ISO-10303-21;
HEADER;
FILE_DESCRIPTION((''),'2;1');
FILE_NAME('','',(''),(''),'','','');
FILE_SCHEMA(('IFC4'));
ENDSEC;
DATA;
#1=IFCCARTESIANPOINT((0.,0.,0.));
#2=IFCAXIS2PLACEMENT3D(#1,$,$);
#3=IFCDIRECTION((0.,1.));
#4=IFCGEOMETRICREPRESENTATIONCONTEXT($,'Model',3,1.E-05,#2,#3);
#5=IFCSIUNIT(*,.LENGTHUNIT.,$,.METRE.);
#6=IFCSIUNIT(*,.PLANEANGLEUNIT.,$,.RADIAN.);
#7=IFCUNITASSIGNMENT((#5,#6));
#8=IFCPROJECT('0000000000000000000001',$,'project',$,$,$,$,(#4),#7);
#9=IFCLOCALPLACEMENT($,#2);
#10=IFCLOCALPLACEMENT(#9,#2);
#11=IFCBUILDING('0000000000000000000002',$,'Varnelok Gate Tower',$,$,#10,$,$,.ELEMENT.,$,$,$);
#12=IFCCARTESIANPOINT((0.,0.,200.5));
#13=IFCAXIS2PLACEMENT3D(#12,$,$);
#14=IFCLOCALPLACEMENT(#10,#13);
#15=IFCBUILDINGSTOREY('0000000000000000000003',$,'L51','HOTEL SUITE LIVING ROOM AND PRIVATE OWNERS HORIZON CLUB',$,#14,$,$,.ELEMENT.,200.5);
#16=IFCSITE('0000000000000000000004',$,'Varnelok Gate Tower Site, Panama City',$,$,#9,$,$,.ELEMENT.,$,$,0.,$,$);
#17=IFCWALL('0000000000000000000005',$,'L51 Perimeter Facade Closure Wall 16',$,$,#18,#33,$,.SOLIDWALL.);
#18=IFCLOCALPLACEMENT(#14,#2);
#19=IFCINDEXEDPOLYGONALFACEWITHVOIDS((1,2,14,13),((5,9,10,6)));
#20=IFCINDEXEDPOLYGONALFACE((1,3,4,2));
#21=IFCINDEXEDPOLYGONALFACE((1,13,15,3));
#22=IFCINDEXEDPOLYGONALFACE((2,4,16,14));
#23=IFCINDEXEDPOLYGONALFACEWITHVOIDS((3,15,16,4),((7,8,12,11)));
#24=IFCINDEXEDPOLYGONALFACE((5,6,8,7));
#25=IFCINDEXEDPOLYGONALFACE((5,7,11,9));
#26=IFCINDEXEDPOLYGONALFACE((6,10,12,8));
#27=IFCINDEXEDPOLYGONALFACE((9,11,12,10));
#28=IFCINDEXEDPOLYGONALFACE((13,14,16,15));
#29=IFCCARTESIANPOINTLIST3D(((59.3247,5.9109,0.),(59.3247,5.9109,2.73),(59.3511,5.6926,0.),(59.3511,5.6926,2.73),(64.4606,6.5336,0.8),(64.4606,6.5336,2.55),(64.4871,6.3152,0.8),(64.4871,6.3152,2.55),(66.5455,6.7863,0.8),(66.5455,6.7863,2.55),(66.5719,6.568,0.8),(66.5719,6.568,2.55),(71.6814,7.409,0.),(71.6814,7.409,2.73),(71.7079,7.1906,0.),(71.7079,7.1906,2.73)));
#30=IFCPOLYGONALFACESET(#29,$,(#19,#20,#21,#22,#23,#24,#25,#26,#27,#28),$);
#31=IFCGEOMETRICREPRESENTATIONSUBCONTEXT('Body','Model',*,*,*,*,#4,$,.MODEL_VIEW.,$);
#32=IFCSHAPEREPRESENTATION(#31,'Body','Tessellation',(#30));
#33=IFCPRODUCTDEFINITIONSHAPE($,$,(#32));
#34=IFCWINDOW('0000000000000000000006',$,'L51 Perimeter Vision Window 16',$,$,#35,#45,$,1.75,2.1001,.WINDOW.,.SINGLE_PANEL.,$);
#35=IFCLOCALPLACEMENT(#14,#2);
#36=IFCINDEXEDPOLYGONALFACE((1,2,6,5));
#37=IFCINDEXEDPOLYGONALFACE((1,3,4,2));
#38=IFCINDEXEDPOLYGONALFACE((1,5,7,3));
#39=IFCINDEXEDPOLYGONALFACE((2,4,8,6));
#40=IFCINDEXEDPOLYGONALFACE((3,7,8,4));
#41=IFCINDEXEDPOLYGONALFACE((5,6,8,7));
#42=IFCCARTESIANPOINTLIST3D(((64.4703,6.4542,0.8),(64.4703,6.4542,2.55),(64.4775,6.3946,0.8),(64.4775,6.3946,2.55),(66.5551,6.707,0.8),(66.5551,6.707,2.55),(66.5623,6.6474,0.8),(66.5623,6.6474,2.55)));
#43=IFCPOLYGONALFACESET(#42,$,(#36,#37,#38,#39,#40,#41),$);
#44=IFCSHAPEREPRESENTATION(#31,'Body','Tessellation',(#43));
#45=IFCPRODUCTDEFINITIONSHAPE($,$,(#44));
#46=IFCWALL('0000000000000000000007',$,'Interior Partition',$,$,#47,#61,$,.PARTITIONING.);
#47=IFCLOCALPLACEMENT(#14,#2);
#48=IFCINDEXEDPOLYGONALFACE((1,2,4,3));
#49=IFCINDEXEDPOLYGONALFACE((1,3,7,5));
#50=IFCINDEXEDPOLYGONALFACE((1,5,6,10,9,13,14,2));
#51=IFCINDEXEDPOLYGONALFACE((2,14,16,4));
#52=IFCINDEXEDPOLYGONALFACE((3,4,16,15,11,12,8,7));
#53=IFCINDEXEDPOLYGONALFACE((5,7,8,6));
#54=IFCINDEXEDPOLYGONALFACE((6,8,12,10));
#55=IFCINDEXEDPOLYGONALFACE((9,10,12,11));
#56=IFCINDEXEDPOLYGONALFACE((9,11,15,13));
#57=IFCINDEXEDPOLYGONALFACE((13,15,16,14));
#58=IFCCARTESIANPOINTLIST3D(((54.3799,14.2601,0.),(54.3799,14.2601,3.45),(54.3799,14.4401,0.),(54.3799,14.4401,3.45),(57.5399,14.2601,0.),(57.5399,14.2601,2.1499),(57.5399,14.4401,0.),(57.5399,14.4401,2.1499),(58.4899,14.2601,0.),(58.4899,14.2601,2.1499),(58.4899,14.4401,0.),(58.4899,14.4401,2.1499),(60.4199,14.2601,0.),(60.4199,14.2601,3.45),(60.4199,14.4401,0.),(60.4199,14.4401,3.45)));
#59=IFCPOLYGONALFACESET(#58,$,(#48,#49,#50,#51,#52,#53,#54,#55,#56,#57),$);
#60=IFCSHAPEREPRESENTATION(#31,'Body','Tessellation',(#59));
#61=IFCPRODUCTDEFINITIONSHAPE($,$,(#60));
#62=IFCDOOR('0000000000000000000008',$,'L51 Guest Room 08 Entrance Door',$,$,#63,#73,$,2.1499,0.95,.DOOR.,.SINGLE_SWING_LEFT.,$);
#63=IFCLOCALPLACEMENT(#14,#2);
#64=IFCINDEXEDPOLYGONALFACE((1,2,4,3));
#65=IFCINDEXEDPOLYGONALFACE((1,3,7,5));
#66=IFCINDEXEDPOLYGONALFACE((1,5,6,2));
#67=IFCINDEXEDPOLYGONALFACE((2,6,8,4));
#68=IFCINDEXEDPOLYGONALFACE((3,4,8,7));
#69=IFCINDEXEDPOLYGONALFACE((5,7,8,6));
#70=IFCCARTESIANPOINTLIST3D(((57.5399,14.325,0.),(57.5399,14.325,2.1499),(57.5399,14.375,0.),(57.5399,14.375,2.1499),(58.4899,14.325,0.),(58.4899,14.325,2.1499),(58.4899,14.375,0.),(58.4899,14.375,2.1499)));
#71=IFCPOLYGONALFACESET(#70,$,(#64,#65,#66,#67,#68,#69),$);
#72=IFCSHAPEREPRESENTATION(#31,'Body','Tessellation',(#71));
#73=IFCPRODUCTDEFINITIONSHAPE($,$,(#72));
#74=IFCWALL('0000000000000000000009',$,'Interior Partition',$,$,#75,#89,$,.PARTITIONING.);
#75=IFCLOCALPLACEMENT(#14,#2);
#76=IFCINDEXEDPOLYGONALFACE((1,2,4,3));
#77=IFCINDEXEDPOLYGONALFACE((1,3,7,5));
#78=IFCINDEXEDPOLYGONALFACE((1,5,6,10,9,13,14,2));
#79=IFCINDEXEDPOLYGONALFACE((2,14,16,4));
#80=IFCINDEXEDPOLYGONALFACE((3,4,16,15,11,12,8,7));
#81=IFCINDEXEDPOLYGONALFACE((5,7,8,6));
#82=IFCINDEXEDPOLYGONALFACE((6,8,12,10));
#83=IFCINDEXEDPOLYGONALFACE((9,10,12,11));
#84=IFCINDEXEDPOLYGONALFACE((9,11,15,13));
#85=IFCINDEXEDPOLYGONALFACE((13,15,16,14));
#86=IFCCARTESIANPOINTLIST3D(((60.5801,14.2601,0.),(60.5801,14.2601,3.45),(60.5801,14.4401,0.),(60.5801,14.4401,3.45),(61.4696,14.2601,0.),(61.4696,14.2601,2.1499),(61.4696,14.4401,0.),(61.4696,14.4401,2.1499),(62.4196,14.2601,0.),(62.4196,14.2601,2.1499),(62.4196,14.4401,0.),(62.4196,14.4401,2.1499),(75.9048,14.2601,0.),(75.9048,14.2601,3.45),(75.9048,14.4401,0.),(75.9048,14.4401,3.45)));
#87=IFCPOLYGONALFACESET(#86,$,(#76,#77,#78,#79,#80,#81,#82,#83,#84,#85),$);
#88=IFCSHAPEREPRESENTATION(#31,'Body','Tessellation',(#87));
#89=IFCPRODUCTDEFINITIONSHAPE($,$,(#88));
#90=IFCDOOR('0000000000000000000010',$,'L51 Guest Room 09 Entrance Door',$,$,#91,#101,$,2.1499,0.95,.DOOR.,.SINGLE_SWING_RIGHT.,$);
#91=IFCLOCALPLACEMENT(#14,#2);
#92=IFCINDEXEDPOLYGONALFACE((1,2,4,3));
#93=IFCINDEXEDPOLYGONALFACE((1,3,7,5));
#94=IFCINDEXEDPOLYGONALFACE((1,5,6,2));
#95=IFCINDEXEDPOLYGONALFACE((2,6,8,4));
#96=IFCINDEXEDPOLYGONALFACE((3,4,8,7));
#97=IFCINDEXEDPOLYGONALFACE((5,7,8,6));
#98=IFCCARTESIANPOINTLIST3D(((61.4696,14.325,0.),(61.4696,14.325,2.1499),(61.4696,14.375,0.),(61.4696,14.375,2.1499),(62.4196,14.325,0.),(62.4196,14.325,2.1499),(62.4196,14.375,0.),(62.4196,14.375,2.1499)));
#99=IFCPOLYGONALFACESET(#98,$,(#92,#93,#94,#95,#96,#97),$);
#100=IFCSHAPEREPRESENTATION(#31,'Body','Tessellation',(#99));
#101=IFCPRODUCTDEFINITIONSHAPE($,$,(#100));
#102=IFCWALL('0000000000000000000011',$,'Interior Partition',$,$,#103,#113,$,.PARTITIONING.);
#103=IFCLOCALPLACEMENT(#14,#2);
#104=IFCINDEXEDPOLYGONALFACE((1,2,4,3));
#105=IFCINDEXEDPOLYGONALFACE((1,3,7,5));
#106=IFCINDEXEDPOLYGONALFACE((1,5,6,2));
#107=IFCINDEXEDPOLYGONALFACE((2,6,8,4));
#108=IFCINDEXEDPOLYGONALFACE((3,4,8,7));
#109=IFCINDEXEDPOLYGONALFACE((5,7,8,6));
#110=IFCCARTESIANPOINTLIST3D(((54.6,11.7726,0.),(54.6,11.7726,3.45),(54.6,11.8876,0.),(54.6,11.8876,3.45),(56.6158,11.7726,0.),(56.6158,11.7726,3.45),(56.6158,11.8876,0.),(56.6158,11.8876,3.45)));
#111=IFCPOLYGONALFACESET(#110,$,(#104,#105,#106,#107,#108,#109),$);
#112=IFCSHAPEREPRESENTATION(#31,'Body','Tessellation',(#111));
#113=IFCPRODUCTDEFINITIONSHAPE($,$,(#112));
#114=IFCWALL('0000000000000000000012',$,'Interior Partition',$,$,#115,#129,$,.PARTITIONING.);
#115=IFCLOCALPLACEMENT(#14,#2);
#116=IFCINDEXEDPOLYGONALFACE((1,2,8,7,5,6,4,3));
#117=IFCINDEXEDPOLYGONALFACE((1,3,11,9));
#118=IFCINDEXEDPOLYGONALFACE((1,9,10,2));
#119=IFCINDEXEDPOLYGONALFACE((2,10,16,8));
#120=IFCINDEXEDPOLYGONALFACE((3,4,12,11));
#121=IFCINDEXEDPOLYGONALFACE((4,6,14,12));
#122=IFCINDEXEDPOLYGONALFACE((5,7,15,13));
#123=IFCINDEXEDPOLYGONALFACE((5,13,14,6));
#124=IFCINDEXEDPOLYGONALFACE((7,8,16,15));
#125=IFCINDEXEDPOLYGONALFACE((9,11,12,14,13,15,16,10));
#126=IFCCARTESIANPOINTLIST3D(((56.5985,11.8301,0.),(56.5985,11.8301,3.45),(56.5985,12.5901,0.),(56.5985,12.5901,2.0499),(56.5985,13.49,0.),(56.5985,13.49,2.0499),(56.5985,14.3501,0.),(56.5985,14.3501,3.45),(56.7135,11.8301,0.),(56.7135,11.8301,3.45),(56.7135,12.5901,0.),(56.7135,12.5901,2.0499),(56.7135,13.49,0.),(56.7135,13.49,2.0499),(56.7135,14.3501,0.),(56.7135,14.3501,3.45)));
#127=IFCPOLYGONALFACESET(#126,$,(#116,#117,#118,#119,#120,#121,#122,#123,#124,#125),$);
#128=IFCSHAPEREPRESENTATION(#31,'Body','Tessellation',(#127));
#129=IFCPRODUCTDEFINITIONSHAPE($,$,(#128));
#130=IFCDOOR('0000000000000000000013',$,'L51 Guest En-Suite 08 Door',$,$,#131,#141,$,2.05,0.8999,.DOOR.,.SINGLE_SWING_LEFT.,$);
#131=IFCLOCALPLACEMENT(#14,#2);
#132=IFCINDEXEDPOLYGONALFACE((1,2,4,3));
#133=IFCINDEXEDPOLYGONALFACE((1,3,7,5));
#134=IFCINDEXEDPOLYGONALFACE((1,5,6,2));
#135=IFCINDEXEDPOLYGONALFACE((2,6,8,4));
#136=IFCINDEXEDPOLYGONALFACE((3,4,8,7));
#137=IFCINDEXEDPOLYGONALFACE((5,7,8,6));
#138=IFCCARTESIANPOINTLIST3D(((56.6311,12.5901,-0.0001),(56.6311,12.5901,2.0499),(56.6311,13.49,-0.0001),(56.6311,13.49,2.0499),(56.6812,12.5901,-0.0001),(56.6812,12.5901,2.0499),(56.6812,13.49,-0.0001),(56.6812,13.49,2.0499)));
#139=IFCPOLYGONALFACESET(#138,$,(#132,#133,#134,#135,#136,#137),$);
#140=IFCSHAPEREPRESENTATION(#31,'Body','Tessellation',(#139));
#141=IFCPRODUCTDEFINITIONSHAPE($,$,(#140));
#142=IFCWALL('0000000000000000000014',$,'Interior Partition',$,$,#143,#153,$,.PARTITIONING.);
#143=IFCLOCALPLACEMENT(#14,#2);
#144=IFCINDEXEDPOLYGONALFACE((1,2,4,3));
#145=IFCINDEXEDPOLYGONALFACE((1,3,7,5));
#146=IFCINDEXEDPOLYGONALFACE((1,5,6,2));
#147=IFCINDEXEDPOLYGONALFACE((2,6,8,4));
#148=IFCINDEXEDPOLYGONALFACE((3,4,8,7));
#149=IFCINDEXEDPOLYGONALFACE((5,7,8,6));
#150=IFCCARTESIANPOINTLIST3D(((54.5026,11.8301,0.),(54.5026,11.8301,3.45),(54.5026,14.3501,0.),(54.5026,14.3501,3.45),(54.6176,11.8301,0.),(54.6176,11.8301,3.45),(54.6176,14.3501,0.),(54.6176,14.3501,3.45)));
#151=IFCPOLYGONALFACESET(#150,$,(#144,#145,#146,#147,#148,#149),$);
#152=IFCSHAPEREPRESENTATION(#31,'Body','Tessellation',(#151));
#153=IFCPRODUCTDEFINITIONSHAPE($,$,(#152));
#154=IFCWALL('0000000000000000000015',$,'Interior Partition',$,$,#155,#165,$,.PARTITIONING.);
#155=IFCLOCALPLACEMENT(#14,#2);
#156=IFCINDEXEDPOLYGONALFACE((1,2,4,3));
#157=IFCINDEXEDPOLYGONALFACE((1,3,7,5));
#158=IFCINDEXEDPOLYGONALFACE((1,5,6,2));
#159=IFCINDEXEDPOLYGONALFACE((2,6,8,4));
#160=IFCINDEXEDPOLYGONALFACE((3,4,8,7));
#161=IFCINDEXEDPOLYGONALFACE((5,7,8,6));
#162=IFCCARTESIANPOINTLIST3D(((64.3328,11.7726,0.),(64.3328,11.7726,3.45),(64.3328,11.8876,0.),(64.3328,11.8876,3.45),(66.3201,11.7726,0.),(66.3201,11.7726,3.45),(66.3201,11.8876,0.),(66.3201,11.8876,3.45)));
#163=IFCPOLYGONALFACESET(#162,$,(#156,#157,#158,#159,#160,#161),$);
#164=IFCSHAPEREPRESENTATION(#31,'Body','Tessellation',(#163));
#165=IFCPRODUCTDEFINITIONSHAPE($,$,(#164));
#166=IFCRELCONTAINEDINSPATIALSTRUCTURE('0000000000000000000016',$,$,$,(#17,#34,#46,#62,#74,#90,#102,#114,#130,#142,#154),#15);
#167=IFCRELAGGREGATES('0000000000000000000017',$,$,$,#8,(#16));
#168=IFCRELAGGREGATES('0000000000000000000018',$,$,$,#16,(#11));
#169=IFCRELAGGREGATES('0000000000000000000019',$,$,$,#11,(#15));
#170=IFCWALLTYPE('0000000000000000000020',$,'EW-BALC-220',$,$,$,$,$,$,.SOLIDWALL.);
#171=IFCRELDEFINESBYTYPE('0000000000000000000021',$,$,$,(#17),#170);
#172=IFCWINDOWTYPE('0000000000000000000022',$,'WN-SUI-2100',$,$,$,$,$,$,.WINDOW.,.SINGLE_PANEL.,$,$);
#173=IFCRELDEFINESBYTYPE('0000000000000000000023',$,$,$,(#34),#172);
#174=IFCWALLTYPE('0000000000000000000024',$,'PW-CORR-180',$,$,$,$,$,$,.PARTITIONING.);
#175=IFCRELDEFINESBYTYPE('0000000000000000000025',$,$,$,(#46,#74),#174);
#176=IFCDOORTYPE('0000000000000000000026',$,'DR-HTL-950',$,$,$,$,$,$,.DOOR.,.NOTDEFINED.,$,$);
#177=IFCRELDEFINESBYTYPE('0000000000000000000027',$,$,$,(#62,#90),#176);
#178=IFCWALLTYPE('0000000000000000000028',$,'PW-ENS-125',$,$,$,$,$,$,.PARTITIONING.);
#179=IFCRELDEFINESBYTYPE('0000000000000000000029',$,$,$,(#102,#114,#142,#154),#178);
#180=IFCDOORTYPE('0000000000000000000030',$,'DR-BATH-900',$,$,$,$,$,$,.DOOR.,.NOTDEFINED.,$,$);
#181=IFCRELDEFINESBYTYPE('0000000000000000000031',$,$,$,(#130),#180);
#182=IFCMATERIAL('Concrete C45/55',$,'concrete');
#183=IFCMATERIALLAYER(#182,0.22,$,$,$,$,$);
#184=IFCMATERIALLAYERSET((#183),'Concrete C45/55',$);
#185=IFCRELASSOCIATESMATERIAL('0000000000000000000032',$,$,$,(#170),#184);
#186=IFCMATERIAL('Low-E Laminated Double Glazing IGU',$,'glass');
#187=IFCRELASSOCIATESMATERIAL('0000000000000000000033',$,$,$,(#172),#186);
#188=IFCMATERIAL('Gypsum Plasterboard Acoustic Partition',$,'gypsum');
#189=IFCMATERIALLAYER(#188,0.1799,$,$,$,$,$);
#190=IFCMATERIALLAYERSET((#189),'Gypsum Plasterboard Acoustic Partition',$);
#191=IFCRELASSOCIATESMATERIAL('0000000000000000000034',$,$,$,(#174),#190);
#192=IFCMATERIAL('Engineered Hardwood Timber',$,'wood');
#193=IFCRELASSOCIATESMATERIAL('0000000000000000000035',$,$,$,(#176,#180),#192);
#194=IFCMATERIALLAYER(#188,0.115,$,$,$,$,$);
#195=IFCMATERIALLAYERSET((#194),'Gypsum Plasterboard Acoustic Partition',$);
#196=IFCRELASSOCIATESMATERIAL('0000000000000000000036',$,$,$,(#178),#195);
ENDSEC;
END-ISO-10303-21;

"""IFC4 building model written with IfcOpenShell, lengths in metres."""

from ifc_helpers import new_model, si_unit, direction, frame, frame_2d, origin, place, context, subcontext, project, spatial, rectangle, extrude, material, layer, layer_set, type_object, element, fill, save


model = new_model("IFC4")

# Units and contexts
model_context = context("Model", 3, precision=1e-05, world=origin(), true_north=direction((0.0, 1.0)))
body_context = subcontext(model_context, "Body", "Model", "MODEL_VIEW")
ifc_project = project(units=[si_unit("LENGTHUNIT", "METRE"), si_unit("PLANEANGLEUNIT", "RADIAN")], contexts=[model_context])

# Site, building, storey
site_placement = place(None, origin())
site = spatial("IfcSite", under=ifc_project, at=site_placement, Name="Varnelok Gate Tower Site, Panama City", CompositionType="ELEMENT", RefElevation=0.0)
building_placement = place(site_placement, origin())
building = spatial("IfcBuilding", under=site, at=building_placement, Name="Varnelok Gate Tower", CompositionType="ELEMENT")
storey_placement = place(building_placement, frame((0.0, 0.0, 200.5)))
storey = spatial("IfcBuildingStorey", under=building, at=storey_placement, Name="L51", Description="HOTEL SUITE LIVING ROOM AND PRIVATE OWNERS HORIZON CLUB", CompositionType="ELEMENT", Elevation=200.5)

# Shared definitions
ifc_material_1 = material(Name="Concrete C45/55", Category="concrete")
ifc_layer_1 = layer(ifc_material_1, 0.22)
ifc_layer_set_1 = layer_set([ifc_layer_1], Name="Concrete C45/55")
wall_type_1 = type_object("IfcWallType", Name="EW-BALC-220", PredefinedType="SOLIDWALL", material=ifc_layer_set_1)

# Wall, opening, window
wall_1_placement = place(storey_placement, frame((59.3379, 5.8018, 0.0), z_axis=(0.0, 0.0, 1.0), x_axis=(0.992731, 0.120352, 0.0)))
wall_1 = element("IfcWall", 1, at=wall_1_placement, inside=storey, type_object=wall_type_1, Name="L51 Perimeter Facade Closure Wall 16", PredefinedType="SOLIDWALL", context=body_context, shape_type="SweptSolid", body=[
    extrude(rectangle(XDim=12.4473, YDim=0.22, at=frame_2d((6.2236, 0.0))), origin(), (0.0, 0.0, 1.0), 2.73),
])
opening_1_placement = place(wall_1_placement, frame((5.1736, 0.0, 0.8)))
opening_1 = element("IfcOpeningElement", 2, at=opening_1_placement, cuts=wall_1, PredefinedType="OPENING", context=body_context, shape_type="SweptSolid", body=[
    extrude(rectangle(XDim=2.1001, YDim=1.75, at=frame_2d((1.05, 0.875))), frame((0.0, 0.1199, 0.0), z_axis=(0.0, -1.0, 0.0), x_axis=(1.0, 0.0, 0.0)), (0.0, 0.0, 1.0), 0.24),
])
ifc_material_2 = material(Name="Low-E Laminated Double Glazing IGU", Category="glass")
window_type = type_object("IfcWindowType", Name="WN-SUI-2100", PartitioningType="SINGLE_PANEL", PredefinedType="WINDOW", material=ifc_material_2)
window_placement = place(opening_1_placement, origin())
window = element("IfcWindow", 3, at=window_placement, inside=storey, type_object=window_type, Name="L51 Perimeter Vision Window 16", OverallHeight=1.75, OverallWidth=2.1001, PartitioningType="SINGLE_PANEL", PredefinedType="WINDOW", context=body_context, shape_type="SweptSolid", body=[
    extrude(rectangle(XDim=2.1001, YDim=1.75, at=frame_2d((1.05, 0.875))), frame((0.0, 0.03, 0.0), z_axis=(0.0, -1.0, 0.0), x_axis=(1.0, 0.0, 0.0)), (0.0, 0.0, 1.0), 0.0601),
])
fill(opening_1, window)

# Walls, openings, doors
ifc_material_3 = material(Name="Gypsum Plasterboard Acoustic Partition", Category="gypsum")
ifc_layer_2 = layer(ifc_material_3, 0.1799)
ifc_layer_set_2 = layer_set([ifc_layer_2], Name="Gypsum Plasterboard Acoustic Partition")
wall_type_2 = type_object("IfcWallType", Name="PW-CORR-180", PredefinedType="PARTITIONING", material=ifc_layer_set_2)
wall_2_placement = place(storey_placement, frame((54.3799, 14.3501, 0.0), z_axis=(0.0, 0.0, 1.0), x_axis=(1.0, 0.0, 0.0)))
wall_2 = element("IfcWall", 4, at=wall_2_placement, inside=storey, type_object=wall_type_2, Name="Interior Partition", PredefinedType="PARTITIONING", context=body_context, shape_type="SweptSolid", body=[
    extrude(rectangle(XDim=6.04, YDim=0.1799, at=frame_2d((3.02, 0.0))), origin(), (0.0, 0.0, 1.0), 3.45),
])
opening_2_placement = place(wall_2_placement, frame((3.1599, 0.0, 0.0)))
opening_2 = element("IfcOpeningElement", 5, at=opening_2_placement, cuts=wall_2, PredefinedType="OPENING", context=body_context, shape_type="SweptSolid", body=[
    extrude(rectangle(XDim=0.95, YDim=2.1499, at=frame_2d((0.4751, 1.075))), frame((0.0, 0.0999, 0.0), z_axis=(0.0, -1.0, 0.0), x_axis=(1.0, 0.0, 0.0)), (0.0, 0.0, 1.0), 0.2),
])
ifc_material_4 = material(Name="Engineered Hardwood Timber", Category="wood")
door_type_1 = type_object("IfcDoorType", Name="DR-HTL-950", OperationType="NOTDEFINED", PredefinedType="DOOR", material=ifc_material_4)
door_1_placement = place(opening_2_placement, origin())
door_1 = element("IfcDoor", 6, at=door_1_placement, inside=storey, type_object=door_type_1, Name="L51 Guest Room 08 Entrance Door", OperationType="SINGLE_SWING_LEFT", OverallHeight=2.1499, OverallWidth=0.95, PredefinedType="DOOR", context=body_context, shape_type="SweptSolid", body=[
    extrude(rectangle(XDim=0.95, YDim=2.1499, at=frame_2d((0.4751, 1.075))), frame((0.0, 0.0249, 0.0), z_axis=(0.0, -1.0, 0.0), x_axis=(1.0, 0.0, 0.0)), (0.0, 0.0, 1.0), 0.05),
])
fill(opening_2, door_1)
wall_3_placement = place(storey_placement, frame((60.5801, 14.3501, 0.0), z_axis=(0.0, 0.0, 1.0), x_axis=(1.0, 0.0, 0.0)))
wall_3 = element("IfcWall", 7, at=wall_3_placement, inside=storey, type_object=wall_type_2, Name="Interior Partition", PredefinedType="PARTITIONING", context=body_context, shape_type="SweptSolid", body=[
    extrude(rectangle(XDim=15.3247, YDim=0.1799, at=frame_2d((7.6624, 0.0))), origin(), (0.0, 0.0, 1.0), 3.45),
])
opening_3_placement = place(wall_3_placement, frame((0.8894, 0.0, 0.0)))
opening_3 = element("IfcOpeningElement", 8, at=opening_3_placement, cuts=wall_3, PredefinedType="OPENING", context=body_context, shape_type="SweptSolid", body=[
    extrude(rectangle(XDim=0.95, YDim=2.1499, at=frame_2d((0.4751, 1.075))), frame((0.0, 0.0999, 0.0), z_axis=(0.0, -1.0, 0.0), x_axis=(1.0, 0.0, 0.0)), (0.0, 0.0, 1.0), 0.2),
])
door_2_placement = place(opening_3_placement, origin())
door_2 = element("IfcDoor", 9, at=door_2_placement, inside=storey, type_object=door_type_1, Name="L51 Guest Room 09 Entrance Door", OperationType="SINGLE_SWING_RIGHT", OverallHeight=2.1499, OverallWidth=0.95, PredefinedType="DOOR", context=body_context, shape_type="SweptSolid", body=[
    extrude(rectangle(XDim=0.95, YDim=2.1499, at=frame_2d((0.4751, 1.075))), frame((0.0, 0.0249, 0.0), z_axis=(0.0, -1.0, 0.0), x_axis=(1.0, 0.0, 0.0)), (0.0, 0.0, 1.0), 0.05),
])
fill(opening_3, door_2)

# Wall
ifc_layer_3 = layer(ifc_material_3, 0.115)
ifc_layer_set_3 = layer_set([ifc_layer_3], Name="Gypsum Plasterboard Acoustic Partition")
wall_type_3 = type_object("IfcWallType", Name="PW-ENS-125", PredefinedType="PARTITIONING", material=ifc_layer_set_3)
wall_4_placement = place(storey_placement, frame((54.6001, 11.8301, 0.0), z_axis=(0.0, 0.0, 1.0), x_axis=(1.0, 0.0, 0.0)))
element("IfcWall", 10, at=wall_4_placement, inside=storey, type_object=wall_type_3, Name="Interior Partition", PredefinedType="PARTITIONING", context=body_context, shape_type="SweptSolid", body=[
    extrude(rectangle(XDim=2.0159, YDim=0.115, at=frame_2d((1.0078, 0.0))), origin(), (0.0, 0.0, 1.0), 3.45),
])

# Wall, opening, door
wall_5_placement = place(storey_placement, frame((56.656, 11.8301, 0.0), z_axis=(0.0, 0.0, 1.0), x_axis=(0.0, 1.0, 0.0)))
wall_5 = element("IfcWall", 11, at=wall_5_placement, inside=storey, type_object=wall_type_3, Name="Interior Partition", PredefinedType="PARTITIONING", context=body_context, shape_type="SweptSolid", body=[
    extrude(rectangle(XDim=2.52, YDim=0.115, at=frame_2d((1.26, 0.0))), origin(), (0.0, 0.0, 1.0), 3.45),
])
opening_4_placement = place(wall_5_placement, frame((0.76, 0.0, 0.0)))
opening_4 = element("IfcOpeningElement", 12, at=opening_4_placement, cuts=wall_5, PredefinedType="OPENING", context=body_context, shape_type="SweptSolid", body=[
    extrude(rectangle(XDim=0.8999, YDim=2.05, at=frame_2d((0.45, 1.0249))), frame((0.0, 0.0674, 0.0), z_axis=(0.0, -1.0, 0.0), x_axis=(1.0, 0.0, 0.0)), (0.0, 0.0, 1.0), 0.135),
])
door_type_2 = type_object("IfcDoorType", Name="DR-BATH-900", OperationType="NOTDEFINED", PredefinedType="DOOR", material=ifc_material_4)
door_3_placement = place(opening_4_placement, origin())
door_3 = element("IfcDoor", 13, at=door_3_placement, inside=storey, type_object=door_type_2, Name="L51 Guest En-Suite 08 Door", OperationType="SINGLE_SWING_LEFT", OverallHeight=2.05, OverallWidth=0.8999, PredefinedType="DOOR", context=body_context, shape_type="SweptSolid", body=[
    extrude(rectangle(XDim=0.8999, YDim=2.05, at=frame_2d((0.45, 1.0249))), frame((0.0, 0.0249, 0.0), z_axis=(0.0, -1.0, 0.0), x_axis=(1.0, 0.0, 0.0)), (0.0, 0.0, 1.0), 0.05),
])
fill(opening_4, door_3)

# Walls
wall_6_placement = place(storey_placement, frame((54.5601, 11.8301, 0.0), z_axis=(0.0, 0.0, 1.0), x_axis=(0.0, 1.0, 0.0)))
element("IfcWall", 14, at=wall_6_placement, inside=storey, type_object=wall_type_3, Name="Interior Partition", PredefinedType="PARTITIONING", context=body_context, shape_type="SweptSolid", body=[
    extrude(rectangle(XDim=2.52, YDim=0.115, at=frame_2d((1.26, 0.0))), origin(), (0.0, 0.0, 1.0), 3.45),
])
wall_7_placement = place(storey_placement, frame((64.3328, 11.8301, 0.0), z_axis=(0.0, 0.0, 1.0), x_axis=(1.0, 0.0, 0.0)))
element("IfcWall", 15, at=wall_7_placement, inside=storey, type_object=wall_type_3, Name="Interior Partition", PredefinedType="PARTITIONING", context=body_context, shape_type="SweptSolid", body=[
    extrude(rectangle(XDim=1.9873, YDim=0.115, at=frame_2d((0.9937, 0.0))), origin(), (0.0, 0.0, 1.0), 3.45),
])

save(model, "model.ifc")
